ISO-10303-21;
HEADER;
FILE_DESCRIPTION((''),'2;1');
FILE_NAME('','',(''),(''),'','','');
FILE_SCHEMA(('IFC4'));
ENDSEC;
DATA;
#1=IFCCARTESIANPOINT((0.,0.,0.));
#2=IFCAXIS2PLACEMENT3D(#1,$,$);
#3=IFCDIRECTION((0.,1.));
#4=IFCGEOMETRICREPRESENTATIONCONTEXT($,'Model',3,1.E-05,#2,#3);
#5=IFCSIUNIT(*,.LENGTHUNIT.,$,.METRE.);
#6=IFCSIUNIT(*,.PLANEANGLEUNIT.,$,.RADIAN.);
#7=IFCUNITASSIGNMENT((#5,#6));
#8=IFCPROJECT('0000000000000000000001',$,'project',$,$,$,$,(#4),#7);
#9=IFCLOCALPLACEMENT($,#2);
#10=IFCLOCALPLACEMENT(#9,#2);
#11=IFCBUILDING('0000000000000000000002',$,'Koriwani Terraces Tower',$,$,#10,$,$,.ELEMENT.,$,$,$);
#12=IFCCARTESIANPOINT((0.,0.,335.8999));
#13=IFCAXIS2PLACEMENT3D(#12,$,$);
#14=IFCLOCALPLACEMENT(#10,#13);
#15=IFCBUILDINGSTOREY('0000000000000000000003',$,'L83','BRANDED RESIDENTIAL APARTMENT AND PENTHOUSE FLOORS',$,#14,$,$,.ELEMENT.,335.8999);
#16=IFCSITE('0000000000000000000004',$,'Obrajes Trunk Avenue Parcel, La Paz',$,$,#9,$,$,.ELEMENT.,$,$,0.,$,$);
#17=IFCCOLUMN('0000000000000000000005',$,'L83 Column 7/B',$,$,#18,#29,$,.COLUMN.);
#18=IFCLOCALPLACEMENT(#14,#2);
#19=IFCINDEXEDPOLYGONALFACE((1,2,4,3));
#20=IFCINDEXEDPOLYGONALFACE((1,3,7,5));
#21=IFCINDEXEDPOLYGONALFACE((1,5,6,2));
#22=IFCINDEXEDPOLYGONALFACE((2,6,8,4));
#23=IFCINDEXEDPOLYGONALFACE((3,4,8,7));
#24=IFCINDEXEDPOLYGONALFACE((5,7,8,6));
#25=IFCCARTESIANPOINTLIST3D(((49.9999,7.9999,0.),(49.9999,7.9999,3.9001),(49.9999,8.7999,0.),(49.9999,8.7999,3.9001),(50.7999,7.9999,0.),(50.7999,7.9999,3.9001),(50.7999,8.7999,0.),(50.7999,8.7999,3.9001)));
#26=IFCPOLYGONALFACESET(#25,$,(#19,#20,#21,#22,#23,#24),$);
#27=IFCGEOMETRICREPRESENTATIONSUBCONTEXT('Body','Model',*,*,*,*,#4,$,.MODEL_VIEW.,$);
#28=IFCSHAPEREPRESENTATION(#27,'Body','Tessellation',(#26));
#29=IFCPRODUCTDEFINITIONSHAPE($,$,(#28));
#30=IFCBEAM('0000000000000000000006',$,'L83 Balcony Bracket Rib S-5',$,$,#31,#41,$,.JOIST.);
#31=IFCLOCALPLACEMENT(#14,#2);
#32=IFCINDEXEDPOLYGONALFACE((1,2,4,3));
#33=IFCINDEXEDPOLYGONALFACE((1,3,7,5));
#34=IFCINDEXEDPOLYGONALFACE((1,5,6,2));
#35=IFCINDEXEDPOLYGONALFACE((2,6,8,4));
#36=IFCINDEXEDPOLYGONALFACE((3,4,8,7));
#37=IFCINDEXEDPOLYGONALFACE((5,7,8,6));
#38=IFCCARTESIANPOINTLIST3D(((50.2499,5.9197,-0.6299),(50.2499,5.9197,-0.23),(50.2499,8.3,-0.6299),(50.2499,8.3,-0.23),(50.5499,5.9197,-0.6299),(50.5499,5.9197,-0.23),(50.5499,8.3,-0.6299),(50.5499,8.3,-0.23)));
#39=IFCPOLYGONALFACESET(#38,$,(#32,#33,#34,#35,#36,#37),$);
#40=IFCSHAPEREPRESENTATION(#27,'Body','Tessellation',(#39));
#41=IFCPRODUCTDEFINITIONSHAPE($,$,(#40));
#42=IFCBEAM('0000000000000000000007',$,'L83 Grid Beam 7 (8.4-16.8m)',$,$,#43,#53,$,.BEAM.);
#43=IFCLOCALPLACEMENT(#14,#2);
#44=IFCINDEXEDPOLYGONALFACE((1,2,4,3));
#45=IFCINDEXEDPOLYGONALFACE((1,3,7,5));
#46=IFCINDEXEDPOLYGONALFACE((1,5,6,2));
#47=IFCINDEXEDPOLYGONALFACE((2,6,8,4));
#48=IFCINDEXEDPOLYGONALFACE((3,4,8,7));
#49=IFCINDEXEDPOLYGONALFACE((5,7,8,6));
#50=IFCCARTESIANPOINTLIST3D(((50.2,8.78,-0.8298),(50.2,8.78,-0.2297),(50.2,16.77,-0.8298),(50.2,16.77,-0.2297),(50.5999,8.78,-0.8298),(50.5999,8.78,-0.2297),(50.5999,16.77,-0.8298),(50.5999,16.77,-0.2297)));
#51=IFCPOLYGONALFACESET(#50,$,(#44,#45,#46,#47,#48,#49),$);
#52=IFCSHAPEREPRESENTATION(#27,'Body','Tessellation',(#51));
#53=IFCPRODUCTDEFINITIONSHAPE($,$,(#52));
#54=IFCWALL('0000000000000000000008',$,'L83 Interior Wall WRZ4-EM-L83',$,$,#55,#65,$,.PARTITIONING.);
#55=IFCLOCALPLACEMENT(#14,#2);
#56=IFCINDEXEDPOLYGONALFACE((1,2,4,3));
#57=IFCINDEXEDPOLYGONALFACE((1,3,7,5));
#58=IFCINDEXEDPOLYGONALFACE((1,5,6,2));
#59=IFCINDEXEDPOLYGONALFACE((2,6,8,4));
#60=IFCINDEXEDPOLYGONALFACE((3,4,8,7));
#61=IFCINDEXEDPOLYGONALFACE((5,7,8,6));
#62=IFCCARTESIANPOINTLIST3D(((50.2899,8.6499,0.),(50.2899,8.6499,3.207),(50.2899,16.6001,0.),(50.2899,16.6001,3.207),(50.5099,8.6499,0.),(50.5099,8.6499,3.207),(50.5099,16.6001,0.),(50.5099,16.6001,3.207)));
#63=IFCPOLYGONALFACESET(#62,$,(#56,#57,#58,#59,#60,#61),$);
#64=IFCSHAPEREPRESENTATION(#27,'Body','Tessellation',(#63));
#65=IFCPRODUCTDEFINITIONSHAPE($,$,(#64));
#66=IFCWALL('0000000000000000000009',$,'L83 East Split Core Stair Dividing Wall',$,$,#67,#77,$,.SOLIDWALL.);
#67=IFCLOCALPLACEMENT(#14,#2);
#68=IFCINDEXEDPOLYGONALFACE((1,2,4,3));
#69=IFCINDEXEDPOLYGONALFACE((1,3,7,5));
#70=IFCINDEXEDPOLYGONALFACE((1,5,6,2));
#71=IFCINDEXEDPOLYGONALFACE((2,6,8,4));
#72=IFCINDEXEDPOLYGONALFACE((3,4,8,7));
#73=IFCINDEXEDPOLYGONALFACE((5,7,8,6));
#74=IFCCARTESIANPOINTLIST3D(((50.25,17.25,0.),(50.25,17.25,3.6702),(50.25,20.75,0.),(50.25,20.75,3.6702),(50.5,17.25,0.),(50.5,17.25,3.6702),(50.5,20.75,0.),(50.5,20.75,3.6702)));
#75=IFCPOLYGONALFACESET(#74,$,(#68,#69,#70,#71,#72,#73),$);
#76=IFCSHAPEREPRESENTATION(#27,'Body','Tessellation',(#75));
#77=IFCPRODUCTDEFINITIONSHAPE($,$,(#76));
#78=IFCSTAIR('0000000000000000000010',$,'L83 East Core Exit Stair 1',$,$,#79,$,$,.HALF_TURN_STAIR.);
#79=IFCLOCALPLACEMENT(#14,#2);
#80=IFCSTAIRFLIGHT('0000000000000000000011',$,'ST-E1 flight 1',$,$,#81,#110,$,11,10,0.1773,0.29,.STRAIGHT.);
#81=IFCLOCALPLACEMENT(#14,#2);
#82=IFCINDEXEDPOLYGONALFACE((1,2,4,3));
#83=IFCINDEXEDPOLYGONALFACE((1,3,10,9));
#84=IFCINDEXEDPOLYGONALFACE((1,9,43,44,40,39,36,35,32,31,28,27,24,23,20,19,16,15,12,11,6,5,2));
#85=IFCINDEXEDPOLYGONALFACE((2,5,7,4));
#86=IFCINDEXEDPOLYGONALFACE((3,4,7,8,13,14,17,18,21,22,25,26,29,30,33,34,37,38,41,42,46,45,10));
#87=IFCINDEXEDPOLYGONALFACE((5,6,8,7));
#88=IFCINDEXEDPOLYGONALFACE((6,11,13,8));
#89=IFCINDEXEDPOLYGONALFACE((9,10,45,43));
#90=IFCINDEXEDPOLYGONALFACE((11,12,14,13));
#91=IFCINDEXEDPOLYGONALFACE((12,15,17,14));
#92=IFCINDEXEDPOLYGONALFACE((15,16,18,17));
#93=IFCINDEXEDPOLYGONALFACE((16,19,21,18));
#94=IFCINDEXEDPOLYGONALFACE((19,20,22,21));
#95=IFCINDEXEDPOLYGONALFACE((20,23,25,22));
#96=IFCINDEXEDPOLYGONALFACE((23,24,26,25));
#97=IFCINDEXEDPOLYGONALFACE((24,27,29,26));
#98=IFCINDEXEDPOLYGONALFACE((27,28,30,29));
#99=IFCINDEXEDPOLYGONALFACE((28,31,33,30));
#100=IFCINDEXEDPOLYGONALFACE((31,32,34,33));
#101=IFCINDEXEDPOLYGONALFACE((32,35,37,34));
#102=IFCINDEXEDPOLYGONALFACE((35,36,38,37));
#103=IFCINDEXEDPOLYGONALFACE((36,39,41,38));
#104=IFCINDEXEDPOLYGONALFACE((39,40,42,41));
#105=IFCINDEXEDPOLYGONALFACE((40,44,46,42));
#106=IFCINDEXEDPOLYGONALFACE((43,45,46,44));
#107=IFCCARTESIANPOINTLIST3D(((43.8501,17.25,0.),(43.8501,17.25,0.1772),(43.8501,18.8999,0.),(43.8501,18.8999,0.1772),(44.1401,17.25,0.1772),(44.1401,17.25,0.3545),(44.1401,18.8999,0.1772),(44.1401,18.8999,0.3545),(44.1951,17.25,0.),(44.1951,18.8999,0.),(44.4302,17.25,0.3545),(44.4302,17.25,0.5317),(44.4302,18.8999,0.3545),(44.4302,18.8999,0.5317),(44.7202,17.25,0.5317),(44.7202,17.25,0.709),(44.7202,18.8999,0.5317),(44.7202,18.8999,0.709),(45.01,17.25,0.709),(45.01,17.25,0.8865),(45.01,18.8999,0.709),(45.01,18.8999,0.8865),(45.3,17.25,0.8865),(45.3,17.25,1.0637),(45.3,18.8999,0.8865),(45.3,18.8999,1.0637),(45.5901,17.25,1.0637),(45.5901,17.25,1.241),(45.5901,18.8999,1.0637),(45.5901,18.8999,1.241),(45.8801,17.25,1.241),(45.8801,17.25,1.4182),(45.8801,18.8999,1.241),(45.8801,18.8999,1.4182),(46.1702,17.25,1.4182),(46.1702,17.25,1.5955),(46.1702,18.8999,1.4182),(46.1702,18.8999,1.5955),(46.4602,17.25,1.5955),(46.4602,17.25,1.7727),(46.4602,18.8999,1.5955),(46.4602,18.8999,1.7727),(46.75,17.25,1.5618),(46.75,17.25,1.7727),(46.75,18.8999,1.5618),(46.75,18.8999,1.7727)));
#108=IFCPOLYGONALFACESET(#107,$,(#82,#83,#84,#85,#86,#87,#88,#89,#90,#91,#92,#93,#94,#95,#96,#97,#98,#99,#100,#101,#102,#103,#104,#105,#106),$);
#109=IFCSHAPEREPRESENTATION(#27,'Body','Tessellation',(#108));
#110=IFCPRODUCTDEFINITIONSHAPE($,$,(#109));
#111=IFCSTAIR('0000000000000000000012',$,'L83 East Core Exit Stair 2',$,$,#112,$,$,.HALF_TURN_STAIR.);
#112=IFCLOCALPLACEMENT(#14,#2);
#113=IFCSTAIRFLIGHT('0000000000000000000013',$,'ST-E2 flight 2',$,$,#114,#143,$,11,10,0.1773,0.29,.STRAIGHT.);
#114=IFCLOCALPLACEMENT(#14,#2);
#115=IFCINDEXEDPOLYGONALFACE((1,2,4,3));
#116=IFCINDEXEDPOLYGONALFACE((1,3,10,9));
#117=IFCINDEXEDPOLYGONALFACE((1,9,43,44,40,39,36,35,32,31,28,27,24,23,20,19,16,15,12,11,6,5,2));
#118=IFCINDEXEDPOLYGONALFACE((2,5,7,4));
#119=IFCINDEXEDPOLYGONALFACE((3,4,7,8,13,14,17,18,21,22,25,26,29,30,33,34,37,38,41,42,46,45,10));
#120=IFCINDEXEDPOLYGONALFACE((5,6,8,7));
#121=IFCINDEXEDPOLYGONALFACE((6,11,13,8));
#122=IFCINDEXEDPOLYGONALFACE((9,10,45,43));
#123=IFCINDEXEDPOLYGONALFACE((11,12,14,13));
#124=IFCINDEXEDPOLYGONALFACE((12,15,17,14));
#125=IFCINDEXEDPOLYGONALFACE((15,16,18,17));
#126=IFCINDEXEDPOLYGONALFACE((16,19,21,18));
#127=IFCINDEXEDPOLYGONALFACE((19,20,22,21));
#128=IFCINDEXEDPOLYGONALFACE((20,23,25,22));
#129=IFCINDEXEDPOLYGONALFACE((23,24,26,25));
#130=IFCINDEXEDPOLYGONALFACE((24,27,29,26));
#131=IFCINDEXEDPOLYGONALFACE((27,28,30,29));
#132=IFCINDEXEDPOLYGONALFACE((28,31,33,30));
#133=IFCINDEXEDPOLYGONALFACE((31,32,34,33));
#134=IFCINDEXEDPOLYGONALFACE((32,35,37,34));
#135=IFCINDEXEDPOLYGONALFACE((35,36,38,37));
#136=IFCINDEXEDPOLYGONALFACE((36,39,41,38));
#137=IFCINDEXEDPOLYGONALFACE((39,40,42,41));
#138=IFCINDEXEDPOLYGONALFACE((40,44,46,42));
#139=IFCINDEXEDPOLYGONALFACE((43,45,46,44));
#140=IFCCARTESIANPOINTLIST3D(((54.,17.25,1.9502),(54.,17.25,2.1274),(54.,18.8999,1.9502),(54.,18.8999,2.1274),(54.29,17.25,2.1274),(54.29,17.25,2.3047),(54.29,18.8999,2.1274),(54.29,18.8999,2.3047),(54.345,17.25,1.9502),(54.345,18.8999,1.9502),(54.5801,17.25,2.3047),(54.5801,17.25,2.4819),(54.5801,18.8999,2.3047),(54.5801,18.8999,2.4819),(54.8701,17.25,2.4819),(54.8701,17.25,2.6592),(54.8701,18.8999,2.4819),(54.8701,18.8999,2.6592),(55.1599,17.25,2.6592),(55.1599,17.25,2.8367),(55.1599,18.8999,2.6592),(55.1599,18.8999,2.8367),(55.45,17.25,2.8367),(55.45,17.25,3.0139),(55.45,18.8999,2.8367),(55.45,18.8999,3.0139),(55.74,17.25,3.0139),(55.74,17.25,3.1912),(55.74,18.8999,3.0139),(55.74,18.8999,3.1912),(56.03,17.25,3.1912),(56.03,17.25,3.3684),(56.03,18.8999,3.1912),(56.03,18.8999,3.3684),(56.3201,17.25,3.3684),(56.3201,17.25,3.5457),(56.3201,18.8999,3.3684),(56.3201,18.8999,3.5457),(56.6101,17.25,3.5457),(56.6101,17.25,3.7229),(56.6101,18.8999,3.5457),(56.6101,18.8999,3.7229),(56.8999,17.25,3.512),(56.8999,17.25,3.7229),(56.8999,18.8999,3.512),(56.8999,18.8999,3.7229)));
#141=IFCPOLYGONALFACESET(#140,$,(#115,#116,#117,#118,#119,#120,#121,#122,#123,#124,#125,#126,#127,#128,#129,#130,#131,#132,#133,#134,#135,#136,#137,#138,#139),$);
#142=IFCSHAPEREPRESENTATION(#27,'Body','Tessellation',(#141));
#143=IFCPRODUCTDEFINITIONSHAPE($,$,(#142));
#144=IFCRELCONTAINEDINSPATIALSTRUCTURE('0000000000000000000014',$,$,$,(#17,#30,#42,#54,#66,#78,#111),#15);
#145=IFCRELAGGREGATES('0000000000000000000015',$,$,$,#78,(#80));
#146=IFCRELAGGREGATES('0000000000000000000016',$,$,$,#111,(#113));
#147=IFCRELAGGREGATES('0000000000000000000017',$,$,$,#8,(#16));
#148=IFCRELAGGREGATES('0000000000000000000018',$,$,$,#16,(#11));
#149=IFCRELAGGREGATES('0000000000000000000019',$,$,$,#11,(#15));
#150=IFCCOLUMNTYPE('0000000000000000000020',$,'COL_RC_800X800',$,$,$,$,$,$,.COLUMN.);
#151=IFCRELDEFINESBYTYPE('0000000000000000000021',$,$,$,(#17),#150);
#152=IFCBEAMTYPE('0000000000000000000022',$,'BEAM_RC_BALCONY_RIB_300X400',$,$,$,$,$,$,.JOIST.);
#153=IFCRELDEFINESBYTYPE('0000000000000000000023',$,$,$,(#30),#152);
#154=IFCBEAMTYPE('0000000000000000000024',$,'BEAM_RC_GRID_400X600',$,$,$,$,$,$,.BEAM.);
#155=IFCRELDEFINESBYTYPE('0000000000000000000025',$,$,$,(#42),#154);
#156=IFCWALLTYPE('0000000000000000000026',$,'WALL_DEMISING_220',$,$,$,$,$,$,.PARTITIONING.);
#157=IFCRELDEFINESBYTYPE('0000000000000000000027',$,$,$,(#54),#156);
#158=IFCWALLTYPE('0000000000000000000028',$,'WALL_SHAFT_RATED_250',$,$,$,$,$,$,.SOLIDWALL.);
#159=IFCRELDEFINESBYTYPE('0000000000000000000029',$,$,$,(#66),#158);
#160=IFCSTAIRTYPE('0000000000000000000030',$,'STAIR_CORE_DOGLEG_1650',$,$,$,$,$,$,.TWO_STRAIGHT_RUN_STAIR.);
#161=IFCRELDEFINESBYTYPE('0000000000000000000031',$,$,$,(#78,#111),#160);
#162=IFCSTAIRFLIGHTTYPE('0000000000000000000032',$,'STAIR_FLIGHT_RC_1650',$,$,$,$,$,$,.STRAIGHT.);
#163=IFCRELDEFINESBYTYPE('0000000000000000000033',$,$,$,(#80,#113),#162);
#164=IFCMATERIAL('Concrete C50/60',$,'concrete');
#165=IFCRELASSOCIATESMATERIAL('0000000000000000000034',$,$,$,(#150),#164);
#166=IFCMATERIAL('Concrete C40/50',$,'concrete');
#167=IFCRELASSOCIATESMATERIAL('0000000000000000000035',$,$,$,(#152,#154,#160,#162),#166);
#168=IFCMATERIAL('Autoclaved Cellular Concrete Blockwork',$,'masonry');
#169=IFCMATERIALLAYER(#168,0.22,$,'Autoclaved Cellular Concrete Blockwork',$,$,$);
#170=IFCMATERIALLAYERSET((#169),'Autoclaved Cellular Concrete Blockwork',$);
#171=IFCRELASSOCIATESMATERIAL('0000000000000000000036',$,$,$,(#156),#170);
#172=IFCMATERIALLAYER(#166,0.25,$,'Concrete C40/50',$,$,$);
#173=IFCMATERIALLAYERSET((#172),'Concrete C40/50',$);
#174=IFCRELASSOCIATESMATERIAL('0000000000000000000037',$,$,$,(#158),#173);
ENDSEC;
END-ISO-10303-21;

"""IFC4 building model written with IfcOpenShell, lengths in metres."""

from ifc_helpers import new_model, si_unit, direction, frame, frame_2d, origin, origin_2d, place, context, subcontext, project, spatial, polyline, rectangle, outline, extrude, material, layer, layer_set, material_profile, profile_set, type_object, element, aggregate, save


model = new_model("IFC4")

# Units and contexts
model_context = context("Model", 3, precision=1e-05, world=origin(), true_north=direction((0.0, 1.0)))
body_context = subcontext(model_context, "Body", "Model", "MODEL_VIEW")
ifc_project = project(units=[si_unit("LENGTHUNIT", "METRE"), si_unit("PLANEANGLEUNIT", "RADIAN")], contexts=[model_context])

# Site, building, storey
site_placement = place(None, origin())
site = spatial("IfcSite", under=ifc_project, at=site_placement, Name="Obrajes Trunk Avenue Parcel, La Paz", CompositionType="ELEMENT", RefElevation=0.0)
building_placement = place(site_placement, origin())
building = spatial("IfcBuilding", under=site, at=building_placement, Name="Koriwani Terraces Tower", CompositionType="ELEMENT")
storey_placement = place(building_placement, frame((0.0, 0.0, 335.8999)))
storey = spatial("IfcBuildingStorey", under=building, at=storey_placement, Name="L83", Description="BRANDED RESIDENTIAL APARTMENT AND PENTHOUSE FLOORS", CompositionType="ELEMENT", Elevation=335.8999)

# Column
ifc_material_1 = material(Name="Concrete C50/60", Category="concrete")
ifc_material_profile_1 = material_profile(ifc_material_1, rectangle(XDim=0.8, YDim=0.8, at=origin_2d()), Name="Concrete C50/60", Category="LoadBearing")
ifc_profile_set_1 = profile_set([ifc_material_profile_1], Name="Concrete C50/60")
column_type = type_object("IfcColumnType", Name="COL_RC_800X800", PredefinedType="COLUMN", material=ifc_profile_set_1)
column_placement = place(storey_placement, frame((50.3999, 8.3999, 0.0), z_axis=(0.0, 0.0, 1.0), x_axis=(1.0, 0.0, 0.0)))
element("IfcColumn", 1, at=column_placement, inside=storey, type_object=column_type, Name="L83 Column 7/B", PredefinedType="COLUMN", context=body_context, shape_type="SweptSolid", body=[
    extrude(rectangle(XDim=0.8, YDim=0.8, at=origin_2d()), origin(), (0.0, 0.0, 1.0), 3.9001),
])

# Beams
ifc_material_2 = material(Name="Concrete C40/50", Category="concrete")
ifc_material_profile_2 = material_profile(ifc_material_2, rectangle(XDim=0.3, YDim=0.3999, at=origin_2d()), Name="Concrete C40/50", Category="LoadBearing")
ifc_profile_set_2 = profile_set([ifc_material_profile_2], Name="Concrete C40/50")
beam_type_1 = type_object("IfcBeamType", Name="BEAM_RC_BALCONY_RIB_300X400", PredefinedType="JOIST", material=ifc_profile_set_2)
beam_1_placement = place(storey_placement, frame((50.3999, 5.9197, -0.4299), z_axis=(0.0, 1.0, 0.0), x_axis=(-1.0, 0.0, 0.0)))
element("IfcBeam", 2, at=beam_1_placement, inside=storey, type_object=beam_type_1, Name="L83 Balcony Bracket Rib S-5", PredefinedType="JOIST", context=body_context, shape_type="SweptSolid", body=[
    extrude(rectangle(XDim=0.3, YDim=0.3999, at=origin_2d()), origin(), (0.0, 0.0, 1.0), 2.3804),
])
ifc_material_profile_3 = material_profile(ifc_material_2, rectangle(XDim=0.3999, YDim=0.6001, at=origin_2d()), Name="Concrete C40/50", Category="LoadBearing")
ifc_profile_set_3 = profile_set([ifc_material_profile_3], Name="Concrete C40/50")
beam_type_2 = type_object("IfcBeamType", Name="BEAM_RC_GRID_400X600", PredefinedType="BEAM", material=ifc_profile_set_3)
beam_2_placement = place(storey_placement, frame((50.3999, 8.78, -0.5298), z_axis=(0.0, 1.0, 0.0), x_axis=(-1.0, 0.0, 0.0)))
element("IfcBeam", 3, at=beam_2_placement, inside=storey, type_object=beam_type_2, Name="L83 Grid Beam 7 (8.4-16.8m)", PredefinedType="BEAM", context=body_context, shape_type="SweptSolid", body=[
    extrude(rectangle(XDim=0.3999, YDim=0.6001, at=origin_2d()), origin(), (0.0, 0.0, 1.0), 7.99),
])

# Walls
ifc_material_3 = material(Name="Autoclaved Cellular Concrete Blockwork", Category="masonry")
ifc_layer_1 = layer(ifc_material_3, 0.22, Name="Autoclaved Cellular Concrete Blockwork")
ifc_layer_set_1 = layer_set([ifc_layer_1], Name="Autoclaved Cellular Concrete Blockwork")
wall_type_1 = type_object("IfcWallType", Name="WALL_DEMISING_220", PredefinedType="PARTITIONING", material=ifc_layer_set_1)
wall_1_placement = place(storey_placement, frame((50.3999, 8.6499, 0.0), z_axis=(0.0, 0.0, 1.0), x_axis=(0.0, 1.0, 0.0)))
element("IfcWall", 4, at=wall_1_placement, inside=storey, type_object=wall_type_1, Name="L83 Interior Wall WRZ4-EM-L83", PredefinedType="PARTITIONING", context=body_context, shape_type="SweptSolid", body=[
    extrude(rectangle(XDim=7.9502, YDim=0.22, at=frame_2d((3.9751, 0.0))), origin(), (0.0, 0.0, 1.0), 3.207),
])
ifc_layer_2 = layer(ifc_material_2, 0.25, Name="Concrete C40/50")
ifc_layer_set_2 = layer_set([ifc_layer_2], Name="Concrete C40/50")
wall_type_2 = type_object("IfcWallType", Name="WALL_SHAFT_RATED_250", PredefinedType="SOLIDWALL", material=ifc_layer_set_2)
wall_2_placement = place(storey_placement, frame((50.375, 17.25, 0.0), z_axis=(0.0, 0.0, 1.0), x_axis=(0.0, 1.0, 0.0)))
element("IfcWall", 5, at=wall_2_placement, inside=storey, type_object=wall_type_2, Name="L83 East Split Core Stair Dividing Wall", PredefinedType="SOLIDWALL", context=body_context, shape_type="SweptSolid", body=[
    extrude(rectangle(XDim=3.5, YDim=0.25, at=frame_2d((1.75, 0.0))), origin(), (0.0, 0.0, 1.0), 3.6702),
])

# Stairs, stair flights
stair_type = type_object("IfcStairType", Name="STAIR_CORE_DOGLEG_1650", PredefinedType="TWO_STRAIGHT_RUN_STAIR", material=ifc_material_2)
stair_1_placement = place(storey_placement, origin())
stair_1 = element("IfcStair", 6, at=stair_1_placement, inside=storey, type_object=stair_type, Name="L83 East Core Exit Stair 1", PredefinedType="HALF_TURN_STAIR")
stair_flight_type = type_object("IfcStairFlightType", Name="STAIR_FLIGHT_RC_1650", PredefinedType="STRAIGHT", material=ifc_material_2)
stair_flight_1_placement = place(storey_placement, frame((43.8501, 18.075, 0.0), z_axis=(0.0, 0.0, 1.0), x_axis=(1.0, 0.0, 0.0)))
stair_flight_1 = element("IfcStairFlight", 7, at=stair_flight_1_placement, type_object=stair_flight_type, Name="ST-E1 flight 1", NumberOfRisers=11, NumberOfTreads=10, PredefinedType="STRAIGHT", RiserHeight=0.1773, TreadLength=0.29, context=body_context, shape_type="SweptSolid", body=[
    extrude(outline(polyline([(0.0, 0.0), (0.0, 0.1772), (0.29, 0.1772), (0.29, 0.3545), (0.5801, 0.3545), (0.5801, 0.5317), (0.8701, 0.5317), (0.8701, 0.709), (1.1599, 0.709), (1.1599, 0.8865), (1.45, 0.8865), (1.45, 1.0637), (1.74, 1.0637), (1.74, 1.241), (2.03, 1.241), (2.03, 1.4182), (2.3201, 1.4182), (2.3201, 1.5955), (2.6101, 1.5955), (2.6101, 1.7727), (2.8999, 1.7727), (2.8999, 1.95), (2.8999, 1.5618), (0.345, 0.0), (0.0, 0.0)])), frame((0.0, 0.825, 0.0), z_axis=(0.0, -1.0, 0.0), x_axis=(1.0, 0.0, 0.0)), (0.0, 0.0, 1.0), 1.6499),
])
aggregate(stair_1, [stair_flight_1])
stair_2_placement = place(storey_placement, origin())
stair_2 = element("IfcStair", 8, at=stair_2_placement, inside=storey, type_object=stair_type, Name="L83 East Core Exit Stair 2", PredefinedType="HALF_TURN_STAIR")
stair_flight_2_placement = place(storey_placement, frame((54.0, 18.075, 1.9502), z_axis=(0.0, 0.0, 1.0), x_axis=(1.0, 0.0, 0.0)))
stair_flight_2 = element("IfcStairFlight", 9, at=stair_flight_2_placement, type_object=stair_flight_type, Name="ST-E2 flight 2", NumberOfRisers=11, NumberOfTreads=10, PredefinedType="STRAIGHT", RiserHeight=0.1773, TreadLength=0.29, context=body_context, shape_type="SweptSolid", body=[
    extrude(outline(polyline([(0.0, 0.0), (0.0, 0.1772), (0.29, 0.1772), (0.29, 0.3545), (0.5801, 0.3545), (0.5801, 0.5317), (0.8701, 0.5317), (0.8701, 0.709), (1.1599, 0.709), (1.1599, 0.8865), (1.45, 0.8865), (1.45, 1.0637), (1.74, 1.0637), (1.74, 1.241), (2.03, 1.241), (2.03, 1.4182), (2.3201, 1.4182), (2.3201, 1.5955), (2.6101, 1.5955), (2.6101, 1.7727), (2.8999, 1.7727), (2.8999, 1.95), (2.8999, 1.5618), (0.345, 0.0), (0.0, 0.0)])), frame((0.0, 0.825, 0.0), z_axis=(0.0, -1.0, 0.0), x_axis=(1.0, 0.0, 0.0)), (0.0, 0.0, 1.0), 1.6499),
])
aggregate(stair_2, [stair_flight_2])

save(model, "model.ifc")
